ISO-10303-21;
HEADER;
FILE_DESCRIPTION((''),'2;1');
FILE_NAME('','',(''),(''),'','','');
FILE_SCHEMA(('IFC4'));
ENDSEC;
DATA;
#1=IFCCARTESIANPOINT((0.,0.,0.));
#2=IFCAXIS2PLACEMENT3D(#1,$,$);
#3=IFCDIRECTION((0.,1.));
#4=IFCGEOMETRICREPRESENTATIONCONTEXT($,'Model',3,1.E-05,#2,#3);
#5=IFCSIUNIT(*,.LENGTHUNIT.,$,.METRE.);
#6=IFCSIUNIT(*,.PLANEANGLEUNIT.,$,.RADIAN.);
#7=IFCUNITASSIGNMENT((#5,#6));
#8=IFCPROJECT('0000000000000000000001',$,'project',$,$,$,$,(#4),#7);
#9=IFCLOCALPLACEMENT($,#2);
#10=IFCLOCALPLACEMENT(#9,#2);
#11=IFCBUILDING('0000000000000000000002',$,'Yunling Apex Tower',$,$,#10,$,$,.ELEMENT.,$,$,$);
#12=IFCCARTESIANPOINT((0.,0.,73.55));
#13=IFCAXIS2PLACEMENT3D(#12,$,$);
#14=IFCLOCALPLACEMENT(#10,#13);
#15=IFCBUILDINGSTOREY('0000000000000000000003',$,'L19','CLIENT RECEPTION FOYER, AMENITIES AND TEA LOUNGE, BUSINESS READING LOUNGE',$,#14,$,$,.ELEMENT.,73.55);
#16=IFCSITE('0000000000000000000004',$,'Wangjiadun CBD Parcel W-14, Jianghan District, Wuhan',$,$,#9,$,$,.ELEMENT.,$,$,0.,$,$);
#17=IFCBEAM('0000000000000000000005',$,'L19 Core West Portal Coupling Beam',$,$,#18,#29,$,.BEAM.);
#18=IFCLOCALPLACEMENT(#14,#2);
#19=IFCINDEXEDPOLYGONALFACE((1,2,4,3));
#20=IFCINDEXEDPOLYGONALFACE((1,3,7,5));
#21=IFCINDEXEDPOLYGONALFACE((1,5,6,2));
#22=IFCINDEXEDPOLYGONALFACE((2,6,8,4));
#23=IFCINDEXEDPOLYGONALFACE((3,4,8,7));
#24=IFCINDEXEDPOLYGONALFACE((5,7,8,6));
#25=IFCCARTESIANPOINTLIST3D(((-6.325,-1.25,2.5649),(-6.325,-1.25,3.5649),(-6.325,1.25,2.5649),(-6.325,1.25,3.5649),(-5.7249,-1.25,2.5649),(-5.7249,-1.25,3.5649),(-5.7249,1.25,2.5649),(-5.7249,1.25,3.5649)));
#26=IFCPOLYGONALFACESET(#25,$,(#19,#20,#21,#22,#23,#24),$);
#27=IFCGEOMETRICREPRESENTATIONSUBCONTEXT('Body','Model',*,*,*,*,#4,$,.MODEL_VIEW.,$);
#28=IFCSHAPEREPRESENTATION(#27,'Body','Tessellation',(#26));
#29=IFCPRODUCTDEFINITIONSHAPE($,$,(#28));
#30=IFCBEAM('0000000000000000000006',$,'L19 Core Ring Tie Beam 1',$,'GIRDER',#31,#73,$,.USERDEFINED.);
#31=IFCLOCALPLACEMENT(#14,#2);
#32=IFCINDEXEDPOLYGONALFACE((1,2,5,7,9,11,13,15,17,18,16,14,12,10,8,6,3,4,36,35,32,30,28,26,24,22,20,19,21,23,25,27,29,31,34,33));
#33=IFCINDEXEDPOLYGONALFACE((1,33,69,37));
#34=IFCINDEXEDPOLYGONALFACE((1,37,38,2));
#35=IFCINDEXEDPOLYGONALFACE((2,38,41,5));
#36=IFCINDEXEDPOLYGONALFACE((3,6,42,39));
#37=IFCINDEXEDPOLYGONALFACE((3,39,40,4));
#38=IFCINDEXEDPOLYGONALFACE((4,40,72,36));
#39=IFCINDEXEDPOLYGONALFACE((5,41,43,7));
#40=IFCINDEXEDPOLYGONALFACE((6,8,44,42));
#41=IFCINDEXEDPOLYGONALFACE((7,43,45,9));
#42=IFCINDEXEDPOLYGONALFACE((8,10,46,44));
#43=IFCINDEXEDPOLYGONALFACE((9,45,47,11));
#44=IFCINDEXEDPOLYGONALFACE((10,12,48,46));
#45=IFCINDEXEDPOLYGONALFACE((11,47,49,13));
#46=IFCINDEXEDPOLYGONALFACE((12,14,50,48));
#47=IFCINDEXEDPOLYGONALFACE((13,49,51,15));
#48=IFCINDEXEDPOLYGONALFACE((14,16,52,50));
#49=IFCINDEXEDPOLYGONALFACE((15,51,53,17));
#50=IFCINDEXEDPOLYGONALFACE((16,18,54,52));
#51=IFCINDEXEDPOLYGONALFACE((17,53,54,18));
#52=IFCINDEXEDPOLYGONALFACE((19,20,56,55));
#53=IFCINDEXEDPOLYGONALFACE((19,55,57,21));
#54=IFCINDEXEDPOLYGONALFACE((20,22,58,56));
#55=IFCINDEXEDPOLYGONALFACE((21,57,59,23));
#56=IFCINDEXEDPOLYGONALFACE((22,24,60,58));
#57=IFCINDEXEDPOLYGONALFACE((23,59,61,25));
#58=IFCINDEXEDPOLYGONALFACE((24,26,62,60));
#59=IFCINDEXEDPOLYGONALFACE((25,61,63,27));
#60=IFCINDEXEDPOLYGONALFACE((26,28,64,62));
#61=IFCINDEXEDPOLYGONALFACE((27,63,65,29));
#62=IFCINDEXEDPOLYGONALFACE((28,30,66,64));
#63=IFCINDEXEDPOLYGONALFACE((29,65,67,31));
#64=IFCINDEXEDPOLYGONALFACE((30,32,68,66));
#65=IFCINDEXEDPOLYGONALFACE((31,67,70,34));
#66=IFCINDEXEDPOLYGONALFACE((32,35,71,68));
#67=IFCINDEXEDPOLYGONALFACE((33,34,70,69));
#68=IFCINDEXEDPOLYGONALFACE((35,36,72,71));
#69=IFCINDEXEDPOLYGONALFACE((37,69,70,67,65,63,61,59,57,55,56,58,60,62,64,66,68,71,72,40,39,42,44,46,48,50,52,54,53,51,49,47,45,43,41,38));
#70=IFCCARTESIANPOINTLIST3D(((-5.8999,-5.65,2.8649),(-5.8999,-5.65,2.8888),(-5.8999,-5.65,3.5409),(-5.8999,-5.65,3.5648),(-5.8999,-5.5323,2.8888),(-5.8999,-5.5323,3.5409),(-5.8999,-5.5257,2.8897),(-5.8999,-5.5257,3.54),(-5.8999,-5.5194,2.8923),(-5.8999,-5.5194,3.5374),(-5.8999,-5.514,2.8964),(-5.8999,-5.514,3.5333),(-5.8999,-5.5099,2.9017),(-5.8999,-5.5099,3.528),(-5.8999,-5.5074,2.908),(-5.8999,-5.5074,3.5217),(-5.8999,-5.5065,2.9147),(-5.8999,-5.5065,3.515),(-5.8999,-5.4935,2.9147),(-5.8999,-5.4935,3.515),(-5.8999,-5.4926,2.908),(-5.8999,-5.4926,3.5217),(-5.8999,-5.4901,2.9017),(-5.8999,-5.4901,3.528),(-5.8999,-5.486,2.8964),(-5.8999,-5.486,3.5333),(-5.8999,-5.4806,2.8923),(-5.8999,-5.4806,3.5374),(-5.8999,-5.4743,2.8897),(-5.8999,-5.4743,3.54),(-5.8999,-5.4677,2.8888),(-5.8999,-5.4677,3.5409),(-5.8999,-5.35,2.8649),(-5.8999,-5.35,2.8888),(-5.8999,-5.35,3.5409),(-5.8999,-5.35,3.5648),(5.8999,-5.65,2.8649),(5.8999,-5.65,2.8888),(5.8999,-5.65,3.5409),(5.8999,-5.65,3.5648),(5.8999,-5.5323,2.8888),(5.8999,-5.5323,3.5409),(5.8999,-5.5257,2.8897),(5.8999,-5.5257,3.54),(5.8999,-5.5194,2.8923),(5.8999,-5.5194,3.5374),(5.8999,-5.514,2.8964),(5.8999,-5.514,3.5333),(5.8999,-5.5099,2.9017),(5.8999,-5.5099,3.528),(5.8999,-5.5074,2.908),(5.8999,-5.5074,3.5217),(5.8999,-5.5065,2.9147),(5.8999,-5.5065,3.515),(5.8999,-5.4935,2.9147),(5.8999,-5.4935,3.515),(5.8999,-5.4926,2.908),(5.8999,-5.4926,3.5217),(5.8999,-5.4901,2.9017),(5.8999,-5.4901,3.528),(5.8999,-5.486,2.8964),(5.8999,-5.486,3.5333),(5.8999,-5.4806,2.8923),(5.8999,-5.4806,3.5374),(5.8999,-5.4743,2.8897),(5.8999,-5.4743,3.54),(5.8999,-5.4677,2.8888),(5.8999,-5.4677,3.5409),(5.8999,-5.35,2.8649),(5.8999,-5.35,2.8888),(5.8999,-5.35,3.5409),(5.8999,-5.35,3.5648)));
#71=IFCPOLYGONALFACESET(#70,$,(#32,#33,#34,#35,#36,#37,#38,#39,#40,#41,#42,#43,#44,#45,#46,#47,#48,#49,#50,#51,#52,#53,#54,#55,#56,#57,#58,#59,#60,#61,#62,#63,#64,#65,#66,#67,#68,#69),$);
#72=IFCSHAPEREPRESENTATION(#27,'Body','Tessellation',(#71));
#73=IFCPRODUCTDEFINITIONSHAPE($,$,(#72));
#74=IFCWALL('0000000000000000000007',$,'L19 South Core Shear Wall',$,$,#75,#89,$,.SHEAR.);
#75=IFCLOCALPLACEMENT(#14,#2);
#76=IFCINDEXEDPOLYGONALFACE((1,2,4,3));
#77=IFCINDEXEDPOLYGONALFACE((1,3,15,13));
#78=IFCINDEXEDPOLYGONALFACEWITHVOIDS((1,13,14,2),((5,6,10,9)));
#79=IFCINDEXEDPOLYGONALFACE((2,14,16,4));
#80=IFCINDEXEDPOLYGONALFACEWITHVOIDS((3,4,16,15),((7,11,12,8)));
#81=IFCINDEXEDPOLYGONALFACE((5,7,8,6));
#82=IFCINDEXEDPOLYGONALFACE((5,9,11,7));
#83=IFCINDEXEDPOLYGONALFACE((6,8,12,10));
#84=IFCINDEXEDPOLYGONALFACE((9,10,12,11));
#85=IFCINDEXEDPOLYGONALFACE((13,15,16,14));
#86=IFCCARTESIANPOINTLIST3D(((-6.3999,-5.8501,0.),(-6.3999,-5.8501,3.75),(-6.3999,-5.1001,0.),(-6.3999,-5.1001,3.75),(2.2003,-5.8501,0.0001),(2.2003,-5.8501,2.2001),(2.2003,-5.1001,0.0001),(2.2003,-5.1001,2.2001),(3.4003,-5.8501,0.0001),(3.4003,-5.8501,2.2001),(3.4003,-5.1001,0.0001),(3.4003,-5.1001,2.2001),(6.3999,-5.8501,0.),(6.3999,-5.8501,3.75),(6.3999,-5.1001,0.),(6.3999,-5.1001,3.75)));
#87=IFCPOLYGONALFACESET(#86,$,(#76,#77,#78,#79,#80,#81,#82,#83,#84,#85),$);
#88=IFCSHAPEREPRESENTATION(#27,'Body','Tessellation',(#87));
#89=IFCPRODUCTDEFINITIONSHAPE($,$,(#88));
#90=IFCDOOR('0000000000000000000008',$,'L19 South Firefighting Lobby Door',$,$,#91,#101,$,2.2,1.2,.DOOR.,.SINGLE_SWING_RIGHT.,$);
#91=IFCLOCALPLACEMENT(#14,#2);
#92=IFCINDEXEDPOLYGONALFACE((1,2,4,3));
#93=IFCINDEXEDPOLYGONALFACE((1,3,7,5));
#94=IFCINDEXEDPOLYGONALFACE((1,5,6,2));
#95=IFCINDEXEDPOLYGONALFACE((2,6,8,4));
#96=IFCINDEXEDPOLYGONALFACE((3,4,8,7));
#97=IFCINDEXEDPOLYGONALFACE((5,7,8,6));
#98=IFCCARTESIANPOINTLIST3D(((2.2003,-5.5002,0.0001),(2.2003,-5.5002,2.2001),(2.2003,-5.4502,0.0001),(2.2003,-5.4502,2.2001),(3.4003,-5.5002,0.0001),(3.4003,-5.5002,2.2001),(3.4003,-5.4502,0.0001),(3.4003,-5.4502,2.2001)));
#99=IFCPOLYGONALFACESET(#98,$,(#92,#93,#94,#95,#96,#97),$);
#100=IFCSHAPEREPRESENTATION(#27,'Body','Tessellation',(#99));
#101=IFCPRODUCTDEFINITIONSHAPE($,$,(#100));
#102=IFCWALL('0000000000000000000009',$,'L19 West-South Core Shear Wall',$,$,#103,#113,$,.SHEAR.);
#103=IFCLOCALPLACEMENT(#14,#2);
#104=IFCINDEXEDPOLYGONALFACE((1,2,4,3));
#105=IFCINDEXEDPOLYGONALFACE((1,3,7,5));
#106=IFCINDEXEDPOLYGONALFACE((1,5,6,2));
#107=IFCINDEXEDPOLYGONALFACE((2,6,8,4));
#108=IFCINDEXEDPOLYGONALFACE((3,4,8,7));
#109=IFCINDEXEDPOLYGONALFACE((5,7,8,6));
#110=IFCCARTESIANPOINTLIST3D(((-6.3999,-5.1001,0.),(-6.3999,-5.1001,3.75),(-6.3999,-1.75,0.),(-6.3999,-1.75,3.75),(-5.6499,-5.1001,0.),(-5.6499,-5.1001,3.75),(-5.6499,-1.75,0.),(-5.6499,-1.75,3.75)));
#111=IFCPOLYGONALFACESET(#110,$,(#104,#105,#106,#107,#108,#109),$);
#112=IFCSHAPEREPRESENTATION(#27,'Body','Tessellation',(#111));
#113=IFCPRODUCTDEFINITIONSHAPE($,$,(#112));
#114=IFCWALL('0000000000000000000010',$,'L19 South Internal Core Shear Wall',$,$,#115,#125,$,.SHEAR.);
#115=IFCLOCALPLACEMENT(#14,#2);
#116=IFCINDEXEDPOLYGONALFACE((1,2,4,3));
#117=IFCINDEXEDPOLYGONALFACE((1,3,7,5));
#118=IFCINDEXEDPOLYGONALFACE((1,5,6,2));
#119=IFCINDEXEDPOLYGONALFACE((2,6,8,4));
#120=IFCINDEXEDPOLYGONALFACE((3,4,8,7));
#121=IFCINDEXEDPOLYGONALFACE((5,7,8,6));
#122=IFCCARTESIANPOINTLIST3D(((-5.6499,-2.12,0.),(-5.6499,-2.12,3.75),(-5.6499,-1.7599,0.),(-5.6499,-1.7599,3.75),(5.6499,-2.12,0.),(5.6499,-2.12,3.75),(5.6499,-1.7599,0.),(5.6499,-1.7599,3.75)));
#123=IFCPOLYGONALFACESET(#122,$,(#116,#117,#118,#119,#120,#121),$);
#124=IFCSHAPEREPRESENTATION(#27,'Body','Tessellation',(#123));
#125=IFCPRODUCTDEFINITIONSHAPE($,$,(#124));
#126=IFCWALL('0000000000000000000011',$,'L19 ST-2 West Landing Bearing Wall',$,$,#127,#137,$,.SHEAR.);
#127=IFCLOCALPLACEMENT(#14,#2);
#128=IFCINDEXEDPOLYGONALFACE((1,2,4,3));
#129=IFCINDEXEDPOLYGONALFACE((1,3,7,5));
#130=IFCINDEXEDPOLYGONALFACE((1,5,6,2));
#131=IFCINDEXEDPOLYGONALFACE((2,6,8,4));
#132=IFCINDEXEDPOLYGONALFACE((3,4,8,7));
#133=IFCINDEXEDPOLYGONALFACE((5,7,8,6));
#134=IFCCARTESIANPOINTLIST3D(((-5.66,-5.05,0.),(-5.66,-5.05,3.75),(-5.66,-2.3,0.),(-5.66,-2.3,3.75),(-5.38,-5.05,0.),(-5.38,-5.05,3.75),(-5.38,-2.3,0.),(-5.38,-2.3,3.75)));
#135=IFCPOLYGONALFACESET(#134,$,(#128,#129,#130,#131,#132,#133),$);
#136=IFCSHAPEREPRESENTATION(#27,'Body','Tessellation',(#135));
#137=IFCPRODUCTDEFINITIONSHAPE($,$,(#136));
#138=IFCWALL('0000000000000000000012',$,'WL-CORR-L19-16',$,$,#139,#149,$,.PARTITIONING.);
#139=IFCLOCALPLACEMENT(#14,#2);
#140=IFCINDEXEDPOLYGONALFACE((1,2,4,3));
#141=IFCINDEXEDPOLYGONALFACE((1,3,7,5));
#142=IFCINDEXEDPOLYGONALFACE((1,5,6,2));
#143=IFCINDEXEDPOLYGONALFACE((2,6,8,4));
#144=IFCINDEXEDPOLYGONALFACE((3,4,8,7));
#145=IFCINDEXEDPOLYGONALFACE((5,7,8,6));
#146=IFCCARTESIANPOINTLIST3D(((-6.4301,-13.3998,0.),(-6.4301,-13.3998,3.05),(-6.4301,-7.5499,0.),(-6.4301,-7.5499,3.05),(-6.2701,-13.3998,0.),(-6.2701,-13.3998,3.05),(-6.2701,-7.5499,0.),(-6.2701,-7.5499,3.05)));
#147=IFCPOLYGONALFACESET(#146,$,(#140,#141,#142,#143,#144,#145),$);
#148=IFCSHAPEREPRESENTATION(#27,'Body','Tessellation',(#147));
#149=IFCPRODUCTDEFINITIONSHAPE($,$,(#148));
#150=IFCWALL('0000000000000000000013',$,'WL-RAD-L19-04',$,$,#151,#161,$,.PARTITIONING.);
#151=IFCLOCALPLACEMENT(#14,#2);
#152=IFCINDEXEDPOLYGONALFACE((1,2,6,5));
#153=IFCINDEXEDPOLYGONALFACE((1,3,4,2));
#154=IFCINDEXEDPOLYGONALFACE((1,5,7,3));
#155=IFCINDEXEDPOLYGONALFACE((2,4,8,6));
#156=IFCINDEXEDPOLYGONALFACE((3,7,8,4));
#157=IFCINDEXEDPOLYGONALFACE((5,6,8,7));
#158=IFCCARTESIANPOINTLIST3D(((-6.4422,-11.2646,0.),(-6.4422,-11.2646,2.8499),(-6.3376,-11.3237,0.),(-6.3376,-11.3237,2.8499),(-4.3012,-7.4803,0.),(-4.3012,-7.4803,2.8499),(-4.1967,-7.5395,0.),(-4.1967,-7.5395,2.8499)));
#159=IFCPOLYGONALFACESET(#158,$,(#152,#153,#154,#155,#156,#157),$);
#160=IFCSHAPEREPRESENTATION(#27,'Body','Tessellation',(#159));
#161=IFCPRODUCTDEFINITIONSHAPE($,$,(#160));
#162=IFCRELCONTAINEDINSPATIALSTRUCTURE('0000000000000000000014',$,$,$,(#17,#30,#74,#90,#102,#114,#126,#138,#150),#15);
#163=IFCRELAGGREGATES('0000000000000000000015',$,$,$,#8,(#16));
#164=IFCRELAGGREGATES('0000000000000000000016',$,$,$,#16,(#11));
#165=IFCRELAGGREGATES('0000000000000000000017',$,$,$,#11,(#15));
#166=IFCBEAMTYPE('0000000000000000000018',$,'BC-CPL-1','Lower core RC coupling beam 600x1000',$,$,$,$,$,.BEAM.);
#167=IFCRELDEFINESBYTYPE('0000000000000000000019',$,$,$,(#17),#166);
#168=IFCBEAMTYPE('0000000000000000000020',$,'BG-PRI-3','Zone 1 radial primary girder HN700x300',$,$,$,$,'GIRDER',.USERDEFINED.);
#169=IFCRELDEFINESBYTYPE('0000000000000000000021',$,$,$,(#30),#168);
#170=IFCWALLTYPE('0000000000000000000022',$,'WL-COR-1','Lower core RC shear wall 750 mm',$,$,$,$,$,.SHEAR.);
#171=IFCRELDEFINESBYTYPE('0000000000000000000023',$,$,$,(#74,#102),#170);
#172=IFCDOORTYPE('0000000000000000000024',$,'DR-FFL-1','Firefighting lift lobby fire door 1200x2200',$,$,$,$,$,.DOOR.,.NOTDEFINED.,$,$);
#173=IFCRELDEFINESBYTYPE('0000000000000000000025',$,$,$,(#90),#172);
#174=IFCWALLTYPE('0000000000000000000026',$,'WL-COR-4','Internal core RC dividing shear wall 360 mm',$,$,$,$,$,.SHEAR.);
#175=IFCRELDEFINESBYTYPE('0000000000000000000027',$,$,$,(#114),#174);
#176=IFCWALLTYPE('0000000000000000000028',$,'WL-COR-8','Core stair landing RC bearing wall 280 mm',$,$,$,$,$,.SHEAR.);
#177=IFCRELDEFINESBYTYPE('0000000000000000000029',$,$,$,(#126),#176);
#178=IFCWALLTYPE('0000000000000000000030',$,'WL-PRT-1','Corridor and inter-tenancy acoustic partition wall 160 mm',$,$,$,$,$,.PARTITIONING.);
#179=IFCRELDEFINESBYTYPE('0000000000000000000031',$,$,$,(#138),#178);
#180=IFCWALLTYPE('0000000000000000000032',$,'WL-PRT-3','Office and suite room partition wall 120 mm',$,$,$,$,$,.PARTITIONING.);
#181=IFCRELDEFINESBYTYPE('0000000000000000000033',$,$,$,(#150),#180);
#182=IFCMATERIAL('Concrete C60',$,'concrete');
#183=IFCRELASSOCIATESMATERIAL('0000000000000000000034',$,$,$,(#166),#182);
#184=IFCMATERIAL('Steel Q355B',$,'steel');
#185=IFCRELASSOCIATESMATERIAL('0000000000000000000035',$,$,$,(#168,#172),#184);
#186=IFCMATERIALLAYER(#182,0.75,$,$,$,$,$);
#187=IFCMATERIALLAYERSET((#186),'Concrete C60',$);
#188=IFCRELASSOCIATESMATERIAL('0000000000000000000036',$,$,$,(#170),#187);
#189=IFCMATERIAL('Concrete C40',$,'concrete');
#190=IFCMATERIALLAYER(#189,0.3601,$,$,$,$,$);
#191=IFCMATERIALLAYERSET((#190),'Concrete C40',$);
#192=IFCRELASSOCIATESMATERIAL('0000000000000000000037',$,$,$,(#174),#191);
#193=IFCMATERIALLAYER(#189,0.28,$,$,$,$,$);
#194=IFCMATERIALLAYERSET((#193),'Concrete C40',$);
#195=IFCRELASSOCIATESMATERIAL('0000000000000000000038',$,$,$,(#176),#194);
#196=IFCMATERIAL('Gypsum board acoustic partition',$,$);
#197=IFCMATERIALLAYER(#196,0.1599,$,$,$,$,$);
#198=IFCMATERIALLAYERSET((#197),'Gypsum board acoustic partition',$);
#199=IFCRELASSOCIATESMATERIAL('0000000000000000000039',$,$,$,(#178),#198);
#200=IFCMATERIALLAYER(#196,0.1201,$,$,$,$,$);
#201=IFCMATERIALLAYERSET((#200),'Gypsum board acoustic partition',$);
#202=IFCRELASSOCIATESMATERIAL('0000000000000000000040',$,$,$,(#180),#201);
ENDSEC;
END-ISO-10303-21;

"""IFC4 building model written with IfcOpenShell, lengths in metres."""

from ifc_helpers import new_model, si_unit, direction, frame, frame_2d, origin, origin_2d, place, context, subcontext, project, spatial, rectangle, i_section, extrude, source, transform, mapped, material, layer, layer_set, material_profile, profile_set, type_object, element, fill, save


model = new_model("IFC4")

# Units and contexts
model_context = context("Model", 3, precision=1e-05, world=origin(), true_north=direction((0.0, 1.0)))
body_context = subcontext(model_context, "Body", "Model", "MODEL_VIEW")
ifc_project = project(units=[si_unit("LENGTHUNIT", "METRE"), si_unit("PLANEANGLEUNIT", "RADIAN")], contexts=[model_context])

# Site, building, storey
site_placement = place(None, origin())
site = spatial("IfcSite", under=ifc_project, at=site_placement, Name="Wangjiadun CBD Parcel W-14, Jianghan District, Wuhan", CompositionType="ELEMENT", RefElevation=0.0)
building_placement = place(site_placement, origin())
building = spatial("IfcBuilding", under=site, at=building_placement, Name="Yunling Apex Tower", CompositionType="ELEMENT")
storey_placement = place(building_placement, frame((0.0, 0.0, 73.55)))
storey = spatial("IfcBuildingStorey", under=building, at=storey_placement, Name="L19", Description="CLIENT RECEPTION FOYER, AMENITIES AND TEA LOUNGE, BUSINESS READING LOUNGE", CompositionType="ELEMENT", Elevation=73.55)

# Shared definitions
ifc_material_1 = material(Name="Concrete C60", Category="concrete")

# Beams
ifc_material_2 = material(Name="Steel Q355B", Category="steel")
ifc_material_profile_1 = material_profile(ifc_material_1, rectangle(XDim=0.6001, YDim=1.0, at=origin_2d()))
ifc_profile_set_1 = profile_set([ifc_material_profile_1], Name="Concrete C60")
beam_type_1 = type_object("IfcBeamType", Name="BC-CPL-1", Description="Lower core RC coupling beam 600x1000", PredefinedType="BEAM", material=ifc_profile_set_1)
shared_shape_1 = source(origin(), body_context, "Body", "SweptSolid", [
    extrude(rectangle(XDim=0.6001, YDim=1.0, at=origin_2d()), origin(), (0.0, 0.0, 1.0), 2.5),
])
beam_1_placement = place(storey_placement, frame((-6.0249, -1.25, 3.0649), z_axis=(0.0, 1.0, 0.0), x_axis=(-1.0, 0.0, 0.0)))
element("IfcBeam", 1, at=beam_1_placement, inside=storey, type_object=beam_type_1, Name="L19 Core West Portal Coupling Beam", PredefinedType="BEAM", context=body_context, shape_type="MappedRepresentation", body=[
    mapped(shared_shape_1, transform((0.0, 0.0, 0.0), scale=1.0)),
])
ifc_material_profile_2 = material_profile(ifc_material_2, i_section(OverallWidth=0.3, OverallDepth=0.7, WebThickness=0.0129, FlangeThickness=0.0239, FilletRadius=0.0259, at=origin_2d()))
ifc_profile_set_2 = profile_set([ifc_material_profile_2], Name="Steel Q355B")
beam_type_2 = type_object("IfcBeamType", Name="BG-PRI-3", Description="Zone 1 radial primary girder HN700x300", ElementType="GIRDER", PredefinedType="USERDEFINED", material=ifc_profile_set_2)
shared_shape_2 = source(origin(), body_context, "Body", "SweptSolid", [
    extrude(i_section(OverallWidth=0.3, OverallDepth=0.7, WebThickness=0.0129, FlangeThickness=0.0239, FilletRadius=0.0259, at=origin_2d()), origin(), (0.0, 0.0, 1.0), 11.7998),
])
beam_2_placement = place(storey_placement, frame((-5.8999, -5.5, 3.2148), z_axis=(1.0, 0.0, 0.0), x_axis=(0.0, 1.0, 0.0)))
element("IfcBeam", 2, at=beam_2_placement, inside=storey, type_object=beam_type_2, Name="L19 Core Ring Tie Beam 1", ObjectType="GIRDER", PredefinedType="USERDEFINED", context=body_context, shape_type="MappedRepresentation", body=[
    mapped(shared_shape_2, transform((0.0, 0.0, 0.0), scale=1.0)),
])

# Wall, opening, door
ifc_layer_1 = layer(ifc_material_1, 0.75)
ifc_layer_set_1 = layer_set([ifc_layer_1], Name="Concrete C60")
wall_type_1 = type_object("IfcWallType", Name="WL-COR-1", Description="Lower core RC shear wall 750 mm", PredefinedType="SHEAR", material=ifc_layer_set_1)
wall_1_placement = place(storey_placement, frame((-6.3999, -5.4751, 0.0), z_axis=(0.0, 0.0, 1.0), x_axis=(1.0, 0.0, 0.0)))
wall_1 = element("IfcWall", 3, at=wall_1_placement, inside=storey, type_object=wall_type_1, Name="L19 South Core Shear Wall", PredefinedType="SHEAR", context=body_context, shape_type="SweptSolid", body=[
    extrude(rectangle(XDim=12.7998, YDim=0.75, at=frame_2d((6.3999, 0.0))), origin(), (0.0, 0.0, 1.0), 3.75),
])
opening_1_placement = place(wall_1_placement, frame((8.6001, 0.0, 0.0)))
opening_1 = element("IfcOpeningElement", 4, at=opening_1_placement, cuts=wall_1, PredefinedType="OPENING", context=body_context, shape_type="SweptSolid", body=[
    extrude(rectangle(XDim=1.2, YDim=2.2, at=frame_2d((0.6001, 1.1001))), frame((0.0, 0.385, 0.0), z_axis=(0.0, -1.0, 0.0), x_axis=(1.0, 0.0, 0.0)), (0.0, 0.0, 1.0), 0.77),
])
door_type_1 = type_object("IfcDoorType", Name="DR-FFL-1", Description="Firefighting lift lobby fire door 1200x2200", OperationType="NOTDEFINED", PredefinedType="DOOR", material=ifc_material_2)
door_1_placement = place(opening_1_placement, origin())
door_1 = element("IfcDoor", 5, at=door_1_placement, inside=storey, type_object=door_type_1, Name="L19 South Firefighting Lobby Door", OperationType="SINGLE_SWING_RIGHT", OverallHeight=2.2, OverallWidth=1.2, PredefinedType="DOOR", context=body_context, shape_type="SweptSolid", body=[
    extrude(rectangle(XDim=1.2, YDim=2.2, at=frame_2d((0.6001, 1.1001))), frame((0.0, 0.0249, 0.0), z_axis=(0.0, -1.0, 0.0), x_axis=(1.0, 0.0, 0.0)), (0.0, 0.0, 1.0), 0.05),
])
fill(opening_1, door_1)

# Walls
wall_2_placement = place(storey_placement, frame((-6.0249, -5.1001, 0.0), z_axis=(0.0, 0.0, 1.0), x_axis=(0.0, 1.0, 0.0)))
element("IfcWall", 6, at=wall_2_placement, inside=storey, type_object=wall_type_1, Name="L19 West-South Core Shear Wall", PredefinedType="SHEAR", context=body_context, shape_type="SweptSolid", body=[
    extrude(rectangle(XDim=3.3501, YDim=0.75, at=frame_2d((1.675, 0.0))), origin(), (0.0, 0.0, 1.0), 3.75),
])
ifc_material_3 = material(Name="Concrete C40", Category="concrete")
ifc_layer_2 = layer(ifc_material_3, 0.3601)
ifc_layer_set_2 = layer_set([ifc_layer_2], Name="Concrete C40")
wall_type_2 = type_object("IfcWallType", Name="WL-COR-4", Description="Internal core RC dividing shear wall 360 mm", PredefinedType="SHEAR", material=ifc_layer_set_2)
wall_3_placement = place(storey_placement, frame((-5.6499, -1.9399, 0.0), z_axis=(0.0, 0.0, 1.0), x_axis=(1.0, 0.0, 0.0)))
element("IfcWall", 7, at=wall_3_placement, inside=storey, type_object=wall_type_2, Name="L19 South Internal Core Shear Wall", PredefinedType="SHEAR", context=body_context, shape_type="SweptSolid", body=[
    extrude(rectangle(XDim=11.2998, YDim=0.3601, at=frame_2d((5.6499, 0.0))), origin(), (0.0, 0.0, 1.0), 3.75),
])
ifc_layer_3 = layer(ifc_material_3, 0.28)
ifc_layer_set_3 = layer_set([ifc_layer_3], Name="Concrete C40")
wall_type_3 = type_object("IfcWallType", Name="WL-COR-8", Description="Core stair landing RC bearing wall 280 mm", PredefinedType="SHEAR", material=ifc_layer_set_3)
wall_4_placement = place(storey_placement, frame((-5.52, -5.05, 0.0), z_axis=(0.0, 0.0, 1.0), x_axis=(0.0, 1.0, 0.0)))
element("IfcWall", 8, at=wall_4_placement, inside=storey, type_object=wall_type_3, Name="L19 ST-2 West Landing Bearing Wall", PredefinedType="SHEAR", context=body_context, shape_type="SweptSolid", body=[
    extrude(rectangle(XDim=2.75, YDim=0.28, at=frame_2d((1.375, 0.0))), origin(), (0.0, 0.0, 1.0), 3.75),
])
ifc_material_4 = material(Name="Gypsum board acoustic partition")
ifc_layer_4 = layer(ifc_material_4, 0.1599)
ifc_layer_set_4 = layer_set([ifc_layer_4], Name="Gypsum board acoustic partition")
wall_type_4 = type_object("IfcWallType", Name="WL-PRT-1", Description="Corridor and inter-tenancy acoustic partition wall 160 mm", PredefinedType="PARTITIONING", material=ifc_layer_set_4)
wall_5_placement = place(storey_placement, frame((-6.3501, -7.55, 0.0), z_axis=(0.0, 0.0, 1.0), x_axis=(0.0, -1.0, 0.0)))
element("IfcWall", 9, at=wall_5_placement, inside=storey, type_object=wall_type_4, Name="WL-CORR-L19-16", PredefinedType="PARTITIONING", context=body_context, shape_type="SweptSolid", body=[
    extrude(rectangle(XDim=5.8499, YDim=0.1599, at=frame_2d((2.9248, 0.0))), origin(), (0.0, 0.0, 1.0), 3.05),
])
ifc_layer_5 = layer(ifc_material_4, 0.1201)
ifc_layer_set_5 = layer_set([ifc_layer_5], Name="Gypsum board acoustic partition")
wall_type_5 = type_object("IfcWallType", Name="WL-PRT-3", Description="Office and suite room partition wall 120 mm", PredefinedType="PARTITIONING", material=ifc_layer_set_5)
wall_6_placement = place(storey_placement, frame((-4.249, -7.51, 0.0), z_axis=(0.0, 0.0, 1.0), x_axis=(-0.492403, -0.870367, 0.0)))
element("IfcWall", 10, at=wall_6_placement, inside=storey, type_object=wall_type_5, Name="WL-RAD-L19-04", PredefinedType="PARTITIONING", context=body_context, shape_type="SweptSolid", body=[
    extrude(rectangle(XDim=4.3479, YDim=0.1201, at=frame_2d((2.1738, 0.0))), origin(), (0.0, 0.0, 1.0), 2.8499),
])

save(model, "model.ifc")
